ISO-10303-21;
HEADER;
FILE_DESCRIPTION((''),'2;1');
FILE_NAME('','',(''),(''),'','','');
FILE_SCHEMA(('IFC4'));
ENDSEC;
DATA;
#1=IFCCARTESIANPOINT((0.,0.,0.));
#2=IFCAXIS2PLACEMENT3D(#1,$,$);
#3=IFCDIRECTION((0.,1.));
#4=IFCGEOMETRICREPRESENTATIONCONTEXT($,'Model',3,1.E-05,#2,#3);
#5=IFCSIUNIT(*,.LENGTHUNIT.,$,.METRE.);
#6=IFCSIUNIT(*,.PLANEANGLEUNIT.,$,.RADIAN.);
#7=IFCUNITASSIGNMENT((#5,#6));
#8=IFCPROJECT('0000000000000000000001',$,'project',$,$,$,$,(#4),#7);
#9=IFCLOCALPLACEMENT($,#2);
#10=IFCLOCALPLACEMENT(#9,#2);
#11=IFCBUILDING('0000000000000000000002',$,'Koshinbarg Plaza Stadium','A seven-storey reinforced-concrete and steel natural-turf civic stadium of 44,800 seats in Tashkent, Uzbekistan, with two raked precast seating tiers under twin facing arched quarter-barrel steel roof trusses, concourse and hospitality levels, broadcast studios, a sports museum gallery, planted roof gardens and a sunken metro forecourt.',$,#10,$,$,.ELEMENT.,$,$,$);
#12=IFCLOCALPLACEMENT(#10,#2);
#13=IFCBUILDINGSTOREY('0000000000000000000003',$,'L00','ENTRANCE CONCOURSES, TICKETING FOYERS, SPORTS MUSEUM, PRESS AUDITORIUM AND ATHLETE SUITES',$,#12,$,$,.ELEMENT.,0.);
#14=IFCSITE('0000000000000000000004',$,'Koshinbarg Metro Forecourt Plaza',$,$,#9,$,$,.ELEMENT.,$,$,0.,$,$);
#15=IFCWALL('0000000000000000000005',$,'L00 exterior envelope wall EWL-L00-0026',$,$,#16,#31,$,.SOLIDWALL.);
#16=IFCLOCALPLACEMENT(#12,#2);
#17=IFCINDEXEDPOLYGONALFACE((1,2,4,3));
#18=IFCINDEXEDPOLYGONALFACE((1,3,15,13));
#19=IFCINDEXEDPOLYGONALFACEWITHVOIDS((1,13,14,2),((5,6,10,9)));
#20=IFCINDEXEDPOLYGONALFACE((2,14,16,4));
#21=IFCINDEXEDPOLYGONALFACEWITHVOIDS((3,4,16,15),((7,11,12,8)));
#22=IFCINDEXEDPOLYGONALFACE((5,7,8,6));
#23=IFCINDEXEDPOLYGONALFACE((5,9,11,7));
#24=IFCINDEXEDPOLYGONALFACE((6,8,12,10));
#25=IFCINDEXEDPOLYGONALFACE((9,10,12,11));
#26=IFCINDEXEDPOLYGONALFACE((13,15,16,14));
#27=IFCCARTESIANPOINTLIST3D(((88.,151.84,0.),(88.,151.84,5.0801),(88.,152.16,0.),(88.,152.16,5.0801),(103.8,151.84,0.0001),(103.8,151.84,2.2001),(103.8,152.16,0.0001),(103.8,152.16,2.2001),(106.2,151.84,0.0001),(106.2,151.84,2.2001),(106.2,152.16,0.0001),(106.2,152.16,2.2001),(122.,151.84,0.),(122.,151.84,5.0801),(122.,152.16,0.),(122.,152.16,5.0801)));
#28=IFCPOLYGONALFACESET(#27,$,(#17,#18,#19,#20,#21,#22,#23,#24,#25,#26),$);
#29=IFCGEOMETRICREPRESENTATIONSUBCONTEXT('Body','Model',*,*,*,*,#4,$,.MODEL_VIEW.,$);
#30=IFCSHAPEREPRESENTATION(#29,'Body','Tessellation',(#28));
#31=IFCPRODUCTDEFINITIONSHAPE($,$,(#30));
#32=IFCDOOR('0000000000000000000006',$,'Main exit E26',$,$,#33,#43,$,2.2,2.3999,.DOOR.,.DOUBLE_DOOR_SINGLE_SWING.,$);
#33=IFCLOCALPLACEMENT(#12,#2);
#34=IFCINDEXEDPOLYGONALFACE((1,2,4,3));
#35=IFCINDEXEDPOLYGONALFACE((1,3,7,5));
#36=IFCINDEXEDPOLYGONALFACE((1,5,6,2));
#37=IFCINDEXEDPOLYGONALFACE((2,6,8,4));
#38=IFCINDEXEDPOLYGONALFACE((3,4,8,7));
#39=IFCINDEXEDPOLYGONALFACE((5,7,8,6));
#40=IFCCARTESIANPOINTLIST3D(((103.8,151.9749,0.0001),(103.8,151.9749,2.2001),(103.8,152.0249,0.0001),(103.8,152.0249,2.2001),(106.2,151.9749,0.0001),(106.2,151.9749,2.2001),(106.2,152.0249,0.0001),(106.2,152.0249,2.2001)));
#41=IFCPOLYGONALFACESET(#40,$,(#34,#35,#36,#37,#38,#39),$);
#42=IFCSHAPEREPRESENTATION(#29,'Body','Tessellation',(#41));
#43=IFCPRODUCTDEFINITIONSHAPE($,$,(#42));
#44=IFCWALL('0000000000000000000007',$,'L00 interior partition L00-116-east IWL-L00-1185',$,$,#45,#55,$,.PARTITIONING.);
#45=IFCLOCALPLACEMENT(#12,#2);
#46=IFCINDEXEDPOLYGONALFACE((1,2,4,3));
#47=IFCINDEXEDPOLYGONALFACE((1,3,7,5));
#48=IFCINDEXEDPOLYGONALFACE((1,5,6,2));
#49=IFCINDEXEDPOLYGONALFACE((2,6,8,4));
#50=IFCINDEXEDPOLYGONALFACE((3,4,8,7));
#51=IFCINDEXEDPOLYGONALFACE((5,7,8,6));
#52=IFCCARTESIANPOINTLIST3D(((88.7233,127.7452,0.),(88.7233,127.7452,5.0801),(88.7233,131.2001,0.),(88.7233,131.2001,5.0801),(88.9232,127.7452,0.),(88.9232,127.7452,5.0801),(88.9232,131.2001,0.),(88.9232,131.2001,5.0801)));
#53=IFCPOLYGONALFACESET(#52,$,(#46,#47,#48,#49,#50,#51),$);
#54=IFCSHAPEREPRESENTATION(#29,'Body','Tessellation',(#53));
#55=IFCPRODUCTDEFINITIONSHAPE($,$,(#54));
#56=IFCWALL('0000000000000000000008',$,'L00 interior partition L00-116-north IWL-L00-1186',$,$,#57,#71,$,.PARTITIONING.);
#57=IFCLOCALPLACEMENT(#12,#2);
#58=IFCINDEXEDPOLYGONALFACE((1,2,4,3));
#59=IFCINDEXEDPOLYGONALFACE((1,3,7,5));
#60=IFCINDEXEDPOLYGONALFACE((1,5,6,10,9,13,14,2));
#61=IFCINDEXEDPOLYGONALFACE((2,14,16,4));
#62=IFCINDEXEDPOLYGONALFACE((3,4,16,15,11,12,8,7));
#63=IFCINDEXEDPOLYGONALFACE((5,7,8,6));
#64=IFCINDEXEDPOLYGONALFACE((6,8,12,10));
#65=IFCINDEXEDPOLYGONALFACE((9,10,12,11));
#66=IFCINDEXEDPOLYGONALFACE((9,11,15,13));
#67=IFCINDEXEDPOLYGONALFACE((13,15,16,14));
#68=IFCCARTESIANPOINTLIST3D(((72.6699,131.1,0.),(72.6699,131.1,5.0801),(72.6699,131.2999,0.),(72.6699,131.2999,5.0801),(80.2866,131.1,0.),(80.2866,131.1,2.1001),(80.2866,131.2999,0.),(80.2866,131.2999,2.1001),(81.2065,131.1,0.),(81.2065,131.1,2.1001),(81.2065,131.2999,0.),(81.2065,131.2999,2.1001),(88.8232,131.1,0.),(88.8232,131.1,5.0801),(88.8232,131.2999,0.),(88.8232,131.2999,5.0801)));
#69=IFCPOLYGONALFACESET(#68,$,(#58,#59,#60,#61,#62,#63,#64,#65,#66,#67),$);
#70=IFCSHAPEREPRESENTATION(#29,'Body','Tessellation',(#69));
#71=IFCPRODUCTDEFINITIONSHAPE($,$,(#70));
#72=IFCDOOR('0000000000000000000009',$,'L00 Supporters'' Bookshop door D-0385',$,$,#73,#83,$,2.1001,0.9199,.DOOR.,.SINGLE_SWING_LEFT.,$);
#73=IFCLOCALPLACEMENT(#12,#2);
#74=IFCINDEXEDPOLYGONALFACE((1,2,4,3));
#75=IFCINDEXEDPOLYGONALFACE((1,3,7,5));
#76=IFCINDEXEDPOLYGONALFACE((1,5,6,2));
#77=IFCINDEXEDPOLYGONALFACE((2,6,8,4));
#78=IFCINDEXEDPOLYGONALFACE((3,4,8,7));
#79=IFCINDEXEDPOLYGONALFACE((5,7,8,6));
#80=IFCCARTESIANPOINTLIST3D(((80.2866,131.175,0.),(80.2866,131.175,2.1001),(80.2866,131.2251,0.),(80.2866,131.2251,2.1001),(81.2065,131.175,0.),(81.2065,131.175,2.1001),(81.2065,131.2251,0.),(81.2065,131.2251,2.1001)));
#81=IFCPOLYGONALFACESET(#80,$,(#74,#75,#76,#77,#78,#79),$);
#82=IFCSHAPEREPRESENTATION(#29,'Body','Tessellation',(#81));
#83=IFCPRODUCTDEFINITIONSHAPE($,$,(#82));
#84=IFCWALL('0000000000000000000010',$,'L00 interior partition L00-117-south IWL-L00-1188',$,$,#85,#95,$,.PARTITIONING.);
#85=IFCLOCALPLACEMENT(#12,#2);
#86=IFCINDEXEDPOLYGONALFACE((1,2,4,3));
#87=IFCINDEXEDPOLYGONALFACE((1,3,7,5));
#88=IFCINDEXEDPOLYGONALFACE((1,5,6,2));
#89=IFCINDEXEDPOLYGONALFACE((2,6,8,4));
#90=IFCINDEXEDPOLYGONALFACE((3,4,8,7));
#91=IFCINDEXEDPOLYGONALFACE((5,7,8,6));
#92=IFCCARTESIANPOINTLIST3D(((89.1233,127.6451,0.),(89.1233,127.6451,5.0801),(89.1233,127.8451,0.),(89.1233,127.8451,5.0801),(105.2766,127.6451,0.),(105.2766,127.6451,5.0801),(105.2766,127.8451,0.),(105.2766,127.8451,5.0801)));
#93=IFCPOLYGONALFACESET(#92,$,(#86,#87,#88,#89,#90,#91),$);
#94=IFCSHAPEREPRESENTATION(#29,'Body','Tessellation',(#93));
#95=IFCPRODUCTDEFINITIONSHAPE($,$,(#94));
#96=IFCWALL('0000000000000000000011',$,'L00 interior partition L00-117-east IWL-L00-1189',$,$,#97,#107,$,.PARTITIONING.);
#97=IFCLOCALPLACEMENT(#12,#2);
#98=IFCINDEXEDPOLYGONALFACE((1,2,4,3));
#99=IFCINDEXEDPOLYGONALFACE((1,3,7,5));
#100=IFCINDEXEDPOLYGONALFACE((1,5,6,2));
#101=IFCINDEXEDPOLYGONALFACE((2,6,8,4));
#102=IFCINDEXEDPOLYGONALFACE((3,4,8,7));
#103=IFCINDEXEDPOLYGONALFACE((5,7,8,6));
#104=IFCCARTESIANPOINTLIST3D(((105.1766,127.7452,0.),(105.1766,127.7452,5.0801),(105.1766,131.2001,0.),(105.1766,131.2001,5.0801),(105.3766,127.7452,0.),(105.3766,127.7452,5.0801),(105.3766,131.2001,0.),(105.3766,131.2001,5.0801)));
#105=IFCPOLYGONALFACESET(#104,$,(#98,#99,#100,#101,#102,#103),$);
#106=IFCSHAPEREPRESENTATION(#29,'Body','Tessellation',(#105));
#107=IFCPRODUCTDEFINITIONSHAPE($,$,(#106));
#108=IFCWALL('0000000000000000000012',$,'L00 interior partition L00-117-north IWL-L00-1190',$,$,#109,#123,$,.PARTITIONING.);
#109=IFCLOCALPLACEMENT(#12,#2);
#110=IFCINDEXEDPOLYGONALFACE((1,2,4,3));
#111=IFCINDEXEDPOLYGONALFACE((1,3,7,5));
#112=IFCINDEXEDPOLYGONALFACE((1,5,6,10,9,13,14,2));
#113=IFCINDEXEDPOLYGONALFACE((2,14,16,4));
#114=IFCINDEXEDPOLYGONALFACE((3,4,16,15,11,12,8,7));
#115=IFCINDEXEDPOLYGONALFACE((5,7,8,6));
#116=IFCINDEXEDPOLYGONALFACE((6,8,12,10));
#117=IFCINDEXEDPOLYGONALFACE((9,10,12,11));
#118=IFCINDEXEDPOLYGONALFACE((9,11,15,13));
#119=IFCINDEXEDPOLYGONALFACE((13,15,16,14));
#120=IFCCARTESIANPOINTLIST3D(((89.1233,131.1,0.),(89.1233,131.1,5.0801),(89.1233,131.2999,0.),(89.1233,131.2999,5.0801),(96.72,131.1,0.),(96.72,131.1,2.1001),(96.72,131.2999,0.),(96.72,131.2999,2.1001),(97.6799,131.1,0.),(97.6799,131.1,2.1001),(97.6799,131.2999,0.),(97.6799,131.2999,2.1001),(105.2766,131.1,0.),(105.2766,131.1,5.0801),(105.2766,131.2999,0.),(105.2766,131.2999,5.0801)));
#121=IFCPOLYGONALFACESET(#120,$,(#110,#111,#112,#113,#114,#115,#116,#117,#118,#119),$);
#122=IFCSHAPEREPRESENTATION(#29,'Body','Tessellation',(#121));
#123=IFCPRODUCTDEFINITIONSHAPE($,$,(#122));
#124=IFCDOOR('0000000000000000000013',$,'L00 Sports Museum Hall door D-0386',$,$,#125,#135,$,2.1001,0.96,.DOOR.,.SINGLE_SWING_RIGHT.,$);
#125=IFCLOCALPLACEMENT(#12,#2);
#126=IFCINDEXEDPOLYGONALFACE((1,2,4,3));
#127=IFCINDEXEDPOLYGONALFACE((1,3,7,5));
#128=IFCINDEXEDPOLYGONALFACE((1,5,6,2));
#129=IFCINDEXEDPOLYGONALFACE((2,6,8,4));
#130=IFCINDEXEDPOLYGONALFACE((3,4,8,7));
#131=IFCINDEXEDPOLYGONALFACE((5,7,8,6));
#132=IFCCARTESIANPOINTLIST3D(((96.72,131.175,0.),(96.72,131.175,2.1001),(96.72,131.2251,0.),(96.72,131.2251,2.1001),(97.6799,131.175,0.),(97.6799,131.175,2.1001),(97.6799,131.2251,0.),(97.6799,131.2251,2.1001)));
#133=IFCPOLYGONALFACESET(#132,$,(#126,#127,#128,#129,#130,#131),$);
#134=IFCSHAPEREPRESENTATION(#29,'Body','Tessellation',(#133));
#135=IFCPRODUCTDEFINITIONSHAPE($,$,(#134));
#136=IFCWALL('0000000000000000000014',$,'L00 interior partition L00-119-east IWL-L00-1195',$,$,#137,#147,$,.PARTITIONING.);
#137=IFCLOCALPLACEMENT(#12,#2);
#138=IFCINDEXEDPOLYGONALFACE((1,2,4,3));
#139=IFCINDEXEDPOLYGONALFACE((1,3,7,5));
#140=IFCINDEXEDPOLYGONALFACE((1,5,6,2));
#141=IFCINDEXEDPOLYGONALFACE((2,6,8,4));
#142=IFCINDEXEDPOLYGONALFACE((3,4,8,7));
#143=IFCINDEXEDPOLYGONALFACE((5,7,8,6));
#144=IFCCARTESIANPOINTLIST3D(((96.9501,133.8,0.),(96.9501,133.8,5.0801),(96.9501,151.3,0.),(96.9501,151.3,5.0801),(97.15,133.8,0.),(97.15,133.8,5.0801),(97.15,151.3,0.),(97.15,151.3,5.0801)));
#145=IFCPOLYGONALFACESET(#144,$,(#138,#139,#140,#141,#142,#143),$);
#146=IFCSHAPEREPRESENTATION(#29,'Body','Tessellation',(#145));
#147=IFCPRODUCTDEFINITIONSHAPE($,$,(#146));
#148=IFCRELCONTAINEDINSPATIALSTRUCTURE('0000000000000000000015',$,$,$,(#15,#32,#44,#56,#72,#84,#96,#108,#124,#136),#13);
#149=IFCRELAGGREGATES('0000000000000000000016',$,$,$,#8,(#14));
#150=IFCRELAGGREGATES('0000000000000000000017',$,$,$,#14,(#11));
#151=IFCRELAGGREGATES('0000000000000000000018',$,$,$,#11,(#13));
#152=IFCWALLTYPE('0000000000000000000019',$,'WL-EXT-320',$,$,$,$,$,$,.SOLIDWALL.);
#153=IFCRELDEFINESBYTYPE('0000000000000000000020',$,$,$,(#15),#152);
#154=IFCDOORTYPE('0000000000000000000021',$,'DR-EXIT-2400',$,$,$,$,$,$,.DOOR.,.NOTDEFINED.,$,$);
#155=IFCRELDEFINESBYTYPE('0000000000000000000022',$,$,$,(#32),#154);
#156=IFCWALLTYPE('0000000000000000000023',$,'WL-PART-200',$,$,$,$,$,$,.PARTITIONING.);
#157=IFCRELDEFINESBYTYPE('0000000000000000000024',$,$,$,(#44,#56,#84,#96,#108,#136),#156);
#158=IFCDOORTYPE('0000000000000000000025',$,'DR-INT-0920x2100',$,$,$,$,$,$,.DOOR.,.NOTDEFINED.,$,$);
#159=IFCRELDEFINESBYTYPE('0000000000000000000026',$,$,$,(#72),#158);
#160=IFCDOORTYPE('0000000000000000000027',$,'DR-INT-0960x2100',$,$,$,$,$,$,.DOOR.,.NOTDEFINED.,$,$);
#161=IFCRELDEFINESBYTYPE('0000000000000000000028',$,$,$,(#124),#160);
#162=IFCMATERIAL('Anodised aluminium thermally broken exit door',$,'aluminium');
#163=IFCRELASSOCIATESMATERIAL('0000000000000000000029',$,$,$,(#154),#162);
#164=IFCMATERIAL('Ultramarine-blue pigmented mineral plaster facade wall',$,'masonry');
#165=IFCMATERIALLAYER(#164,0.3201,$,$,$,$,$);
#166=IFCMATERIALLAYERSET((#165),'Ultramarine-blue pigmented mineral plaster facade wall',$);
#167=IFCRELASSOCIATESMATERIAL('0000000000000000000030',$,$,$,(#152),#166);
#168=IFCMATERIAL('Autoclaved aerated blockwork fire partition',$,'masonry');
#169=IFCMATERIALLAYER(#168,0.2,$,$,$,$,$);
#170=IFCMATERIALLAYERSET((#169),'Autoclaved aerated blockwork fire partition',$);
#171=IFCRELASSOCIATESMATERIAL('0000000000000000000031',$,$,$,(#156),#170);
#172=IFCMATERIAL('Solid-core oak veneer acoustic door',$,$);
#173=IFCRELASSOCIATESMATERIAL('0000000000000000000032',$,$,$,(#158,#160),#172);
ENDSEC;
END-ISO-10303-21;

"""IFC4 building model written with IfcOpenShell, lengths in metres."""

from ifc_helpers import new_model, si_unit, direction, frame, frame_2d, origin, place, context, subcontext, project, spatial, rectangle, extrude, material, layer, layer_set, type_object, element, fill, save


model = new_model("IFC4")

# Units and contexts
model_context = context("Model", 3, precision=1e-05, world=origin(), true_north=direction((0.0, 1.0)))
body_context = subcontext(model_context, "Body", "Model", "MODEL_VIEW")
ifc_project = project(units=[si_unit("LENGTHUNIT", "METRE"), si_unit("PLANEANGLEUNIT", "RADIAN")], contexts=[model_context])

# Site, building, storey
site_placement = place(None, origin())
site = spatial("IfcSite", under=ifc_project, at=site_placement, Name="Koshinbarg Metro Forecourt Plaza", CompositionType="ELEMENT", RefElevation=0.0)
building_placement = place(site_placement, origin())
building = spatial("IfcBuilding", under=site, at=building_placement, Name="Koshinbarg Plaza Stadium", Description="A seven-storey reinforced-concrete and steel natural-turf civic stadium of 44,800 seats in Tashkent, Uzbekistan, with two raked precast seating tiers under twin facing arched quarter-barrel steel roof trusses, concourse and hospitality levels, broadcast studios, a sports museum gallery, planted roof gardens and a sunken metro forecourt.", CompositionType="ELEMENT")
storey_placement = place(building_placement, origin())
storey = spatial("IfcBuildingStorey", under=building, at=storey_placement, Name="L00", Description="ENTRANCE CONCOURSES, TICKETING FOYERS, SPORTS MUSEUM, PRESS AUDITORIUM AND ATHLETE SUITES", CompositionType="ELEMENT", Elevation=0.0)

# Wall, opening, door
ifc_material_1 = material(Name="Anodised aluminium thermally broken exit door", Category="aluminium")
door_type_1 = type_object("IfcDoorType", Name="DR-EXIT-2400", OperationType="NOTDEFINED", PredefinedType="DOOR", material=ifc_material_1)
ifc_material_2 = material(Name="Ultramarine-blue pigmented mineral plaster facade wall", Category="masonry")
ifc_layer_1 = layer(ifc_material_2, 0.3201)
ifc_layer_set_1 = layer_set([ifc_layer_1], Name="Ultramarine-blue pigmented mineral plaster facade wall")
wall_type_1 = type_object("IfcWallType", Name="WL-EXT-320", PredefinedType="SOLIDWALL", material=ifc_layer_set_1)
wall_1_placement = place(storey_placement, frame((88.0, 152.0, 0.0), z_axis=(0.0, 0.0, 1.0), x_axis=(1.0, 0.0, 0.0)))
wall_1 = element("IfcWall", 1, at=wall_1_placement, inside=storey, type_object=wall_type_1, Name="L00 exterior envelope wall EWL-L00-0026", PredefinedType="SOLIDWALL", context=body_context, shape_type="SweptSolid", body=[
    extrude(rectangle(XDim=34.0, YDim=0.3201, at=frame_2d((17.0, 0.0))), origin(), (0.0, 0.0, 1.0), 5.0801),
])
opening_1_placement = place(wall_1_placement, frame((15.8, 0.0, 0.0)))
opening_1 = element("IfcOpeningElement", 2, at=opening_1_placement, cuts=wall_1, PredefinedType="OPENING", context=body_context, shape_type="SweptSolid", body=[
    extrude(rectangle(XDim=2.3999, YDim=2.2, at=frame_2d((1.2, 1.1001))), frame((0.0, 0.1699, 0.0), z_axis=(0.0, -1.0, 0.0), x_axis=(1.0, 0.0, 0.0)), (0.0, 0.0, 1.0), 0.3401),
])
door_1_placement = place(opening_1_placement, origin())
door_1 = element("IfcDoor", 3, at=door_1_placement, inside=storey, type_object=door_type_1, Name="Main exit E26", OperationType="DOUBLE_DOOR_SINGLE_SWING", OverallHeight=2.2, OverallWidth=2.3999, PredefinedType="DOOR", context=body_context, shape_type="SweptSolid", body=[
    extrude(rectangle(XDim=2.3999, YDim=2.2, at=frame_2d((1.2, 1.1001))), frame((0.0, 0.0249, 0.0), z_axis=(0.0, -1.0, 0.0), x_axis=(1.0, 0.0, 0.0)), (0.0, 0.0, 1.0), 0.05),
])
fill(opening_1, door_1)

# Wall
ifc_material_3 = material(Name="Autoclaved aerated blockwork fire partition", Category="masonry")
ifc_layer_2 = layer(ifc_material_3, 0.2)
ifc_layer_set_2 = layer_set([ifc_layer_2], Name="Autoclaved aerated blockwork fire partition")
wall_type_2 = type_object("IfcWallType", Name="WL-PART-200", PredefinedType="PARTITIONING", material=ifc_layer_set_2)
wall_2_placement = place(storey_placement, frame((88.8232, 127.7451, 0.0), z_axis=(0.0, 0.0, 1.0), x_axis=(0.0, 1.0, 0.0)))
element("IfcWall", 4, at=wall_2_placement, inside=storey, type_object=wall_type_2, Name="L00 interior partition L00-116-east IWL-L00-1185", PredefinedType="PARTITIONING", context=body_context, shape_type="SweptSolid", body=[
    extrude(rectangle(XDim=3.4548, YDim=0.2, at=frame_2d((1.7275, 0.0))), origin(), (0.0, 0.0, 1.0), 5.0801),
])

# Wall, opening, door
wall_3_placement = place(storey_placement, frame((88.8232, 131.2, 0.0), z_axis=(0.0, 0.0, 1.0), x_axis=(-1.0, 0.0, 0.0)))
wall_3 = element("IfcWall", 5, at=wall_3_placement, inside=storey, type_object=wall_type_2, Name="L00 interior partition L00-116-north IWL-L00-1186", PredefinedType="PARTITIONING", context=body_context, shape_type="SweptSolid", body=[
    extrude(rectangle(XDim=16.1533, YDim=0.2, at=frame_2d((8.0767, 0.0))), origin(), (0.0, 0.0, 1.0), 5.0801),
])
opening_2_placement = place(wall_3_placement, frame((7.6167, 0.0, 0.0)))
opening_2 = element("IfcOpeningElement", 6, at=opening_2_placement, cuts=wall_3, PredefinedType="OPENING", context=body_context, shape_type="SweptSolid", body=[
    extrude(rectangle(XDim=0.9199, YDim=2.1001, at=frame_2d((0.46, 1.05))), frame((0.0, 0.1099, 0.0), z_axis=(0.0, -1.0, 0.0), x_axis=(1.0, 0.0, 0.0)), (0.0, 0.0, 1.0), 0.22),
])
ifc_material_4 = material(Name="Solid-core oak veneer acoustic door")
door_type_2 = type_object("IfcDoorType", Name="DR-INT-0920x2100", OperationType="NOTDEFINED", PredefinedType="DOOR", material=ifc_material_4)
door_2_placement = place(opening_2_placement, origin())
door_2 = element("IfcDoor", 7, at=door_2_placement, inside=storey, type_object=door_type_2, Name="L00 Supporters' Bookshop door D-0385", OperationType="SINGLE_SWING_LEFT", OverallHeight=2.1001, OverallWidth=0.9199, PredefinedType="DOOR", context=body_context, shape_type="SweptSolid", body=[
    extrude(rectangle(XDim=0.9199, YDim=2.1001, at=frame_2d((0.46, 1.05))), frame((0.0, 0.0249, 0.0), z_axis=(0.0, -1.0, 0.0), x_axis=(1.0, 0.0, 0.0)), (0.0, 0.0, 1.0), 0.05),
])
fill(opening_2, door_2)

# Walls
wall_4_placement = place(storey_placement, frame((89.1233, 127.7451, 0.0), z_axis=(0.0, 0.0, 1.0), x_axis=(1.0, 0.0, 0.0)))
element("IfcWall", 8, at=wall_4_placement, inside=storey, type_object=wall_type_2, Name="L00 interior partition L00-117-south IWL-L00-1188", PredefinedType="PARTITIONING", context=body_context, shape_type="SweptSolid", body=[
    extrude(rectangle(XDim=16.1533, YDim=0.2, at=frame_2d((8.0767, 0.0))), origin(), (0.0, 0.0, 1.0), 5.0801),
])
wall_5_placement = place(storey_placement, frame((105.2766, 127.7451, 0.0), z_axis=(0.0, 0.0, 1.0), x_axis=(0.0, 1.0, 0.0)))
element("IfcWall", 9, at=wall_5_placement, inside=storey, type_object=wall_type_2, Name="L00 interior partition L00-117-east IWL-L00-1189", PredefinedType="PARTITIONING", context=body_context, shape_type="SweptSolid", body=[
    extrude(rectangle(XDim=3.4548, YDim=0.2, at=frame_2d((1.7275, 0.0))), origin(), (0.0, 0.0, 1.0), 5.0801),
])

# Wall, opening, door
wall_6_placement = place(storey_placement, frame((105.2766, 131.2, 0.0), z_axis=(0.0, 0.0, 1.0), x_axis=(-1.0, 0.0, 0.0)))
wall_6 = element("IfcWall", 10, at=wall_6_placement, inside=storey, type_object=wall_type_2, Name="L00 interior partition L00-117-north IWL-L00-1190", PredefinedType="PARTITIONING", context=body_context, shape_type="SweptSolid", body=[
    extrude(rectangle(XDim=16.1533, YDim=0.2, at=frame_2d((8.0767, 0.0))), origin(), (0.0, 0.0, 1.0), 5.0801),
])
opening_3_placement = place(wall_6_placement, frame((7.5967, 0.0, 0.0)))
opening_3 = element("IfcOpeningElement", 11, at=opening_3_placement, cuts=wall_6, PredefinedType="OPENING", context=body_context, shape_type="SweptSolid", body=[
    extrude(rectangle(XDim=0.96, YDim=2.1001, at=frame_2d((0.48, 1.05))), frame((0.0, 0.1099, 0.0), z_axis=(0.0, -1.0, 0.0), x_axis=(1.0, 0.0, 0.0)), (0.0, 0.0, 1.0), 0.22),
])
door_type_3 = type_object("IfcDoorType", Name="DR-INT-0960x2100", OperationType="NOTDEFINED", PredefinedType="DOOR", material=ifc_material_4)
door_3_placement = place(opening_3_placement, origin())
door_3 = element("IfcDoor", 12, at=door_3_placement, inside=storey, type_object=door_type_3, Name="L00 Sports Museum Hall door D-0386", OperationType="SINGLE_SWING_RIGHT", OverallHeight=2.1001, OverallWidth=0.96, PredefinedType="DOOR", context=body_context, shape_type="SweptSolid", body=[
    extrude(rectangle(XDim=0.96, YDim=2.1001, at=frame_2d((0.48, 1.05))), frame((0.0, 0.0249, 0.0), z_axis=(0.0, -1.0, 0.0), x_axis=(1.0, 0.0, 0.0)), (0.0, 0.0, 1.0), 0.05),
])
fill(opening_3, door_3)

# Wall
wall_7_placement = place(storey_placement, frame((97.05, 133.8, 0.0), z_axis=(0.0, 0.0, 1.0), x_axis=(0.0, 1.0, 0.0)))
element("IfcWall", 13, at=wall_7_placement, inside=storey, type_object=wall_type_2, Name="L00 interior partition L00-119-east IWL-L00-1195", PredefinedType="PARTITIONING", context=body_context, shape_type="SweptSolid", body=[
    extrude(rectangle(XDim=17.5, YDim=0.2, at=frame_2d((8.75, 0.0))), origin(), (0.0, 0.0, 1.0), 5.0801),
])

save(model, "model.ifc")
